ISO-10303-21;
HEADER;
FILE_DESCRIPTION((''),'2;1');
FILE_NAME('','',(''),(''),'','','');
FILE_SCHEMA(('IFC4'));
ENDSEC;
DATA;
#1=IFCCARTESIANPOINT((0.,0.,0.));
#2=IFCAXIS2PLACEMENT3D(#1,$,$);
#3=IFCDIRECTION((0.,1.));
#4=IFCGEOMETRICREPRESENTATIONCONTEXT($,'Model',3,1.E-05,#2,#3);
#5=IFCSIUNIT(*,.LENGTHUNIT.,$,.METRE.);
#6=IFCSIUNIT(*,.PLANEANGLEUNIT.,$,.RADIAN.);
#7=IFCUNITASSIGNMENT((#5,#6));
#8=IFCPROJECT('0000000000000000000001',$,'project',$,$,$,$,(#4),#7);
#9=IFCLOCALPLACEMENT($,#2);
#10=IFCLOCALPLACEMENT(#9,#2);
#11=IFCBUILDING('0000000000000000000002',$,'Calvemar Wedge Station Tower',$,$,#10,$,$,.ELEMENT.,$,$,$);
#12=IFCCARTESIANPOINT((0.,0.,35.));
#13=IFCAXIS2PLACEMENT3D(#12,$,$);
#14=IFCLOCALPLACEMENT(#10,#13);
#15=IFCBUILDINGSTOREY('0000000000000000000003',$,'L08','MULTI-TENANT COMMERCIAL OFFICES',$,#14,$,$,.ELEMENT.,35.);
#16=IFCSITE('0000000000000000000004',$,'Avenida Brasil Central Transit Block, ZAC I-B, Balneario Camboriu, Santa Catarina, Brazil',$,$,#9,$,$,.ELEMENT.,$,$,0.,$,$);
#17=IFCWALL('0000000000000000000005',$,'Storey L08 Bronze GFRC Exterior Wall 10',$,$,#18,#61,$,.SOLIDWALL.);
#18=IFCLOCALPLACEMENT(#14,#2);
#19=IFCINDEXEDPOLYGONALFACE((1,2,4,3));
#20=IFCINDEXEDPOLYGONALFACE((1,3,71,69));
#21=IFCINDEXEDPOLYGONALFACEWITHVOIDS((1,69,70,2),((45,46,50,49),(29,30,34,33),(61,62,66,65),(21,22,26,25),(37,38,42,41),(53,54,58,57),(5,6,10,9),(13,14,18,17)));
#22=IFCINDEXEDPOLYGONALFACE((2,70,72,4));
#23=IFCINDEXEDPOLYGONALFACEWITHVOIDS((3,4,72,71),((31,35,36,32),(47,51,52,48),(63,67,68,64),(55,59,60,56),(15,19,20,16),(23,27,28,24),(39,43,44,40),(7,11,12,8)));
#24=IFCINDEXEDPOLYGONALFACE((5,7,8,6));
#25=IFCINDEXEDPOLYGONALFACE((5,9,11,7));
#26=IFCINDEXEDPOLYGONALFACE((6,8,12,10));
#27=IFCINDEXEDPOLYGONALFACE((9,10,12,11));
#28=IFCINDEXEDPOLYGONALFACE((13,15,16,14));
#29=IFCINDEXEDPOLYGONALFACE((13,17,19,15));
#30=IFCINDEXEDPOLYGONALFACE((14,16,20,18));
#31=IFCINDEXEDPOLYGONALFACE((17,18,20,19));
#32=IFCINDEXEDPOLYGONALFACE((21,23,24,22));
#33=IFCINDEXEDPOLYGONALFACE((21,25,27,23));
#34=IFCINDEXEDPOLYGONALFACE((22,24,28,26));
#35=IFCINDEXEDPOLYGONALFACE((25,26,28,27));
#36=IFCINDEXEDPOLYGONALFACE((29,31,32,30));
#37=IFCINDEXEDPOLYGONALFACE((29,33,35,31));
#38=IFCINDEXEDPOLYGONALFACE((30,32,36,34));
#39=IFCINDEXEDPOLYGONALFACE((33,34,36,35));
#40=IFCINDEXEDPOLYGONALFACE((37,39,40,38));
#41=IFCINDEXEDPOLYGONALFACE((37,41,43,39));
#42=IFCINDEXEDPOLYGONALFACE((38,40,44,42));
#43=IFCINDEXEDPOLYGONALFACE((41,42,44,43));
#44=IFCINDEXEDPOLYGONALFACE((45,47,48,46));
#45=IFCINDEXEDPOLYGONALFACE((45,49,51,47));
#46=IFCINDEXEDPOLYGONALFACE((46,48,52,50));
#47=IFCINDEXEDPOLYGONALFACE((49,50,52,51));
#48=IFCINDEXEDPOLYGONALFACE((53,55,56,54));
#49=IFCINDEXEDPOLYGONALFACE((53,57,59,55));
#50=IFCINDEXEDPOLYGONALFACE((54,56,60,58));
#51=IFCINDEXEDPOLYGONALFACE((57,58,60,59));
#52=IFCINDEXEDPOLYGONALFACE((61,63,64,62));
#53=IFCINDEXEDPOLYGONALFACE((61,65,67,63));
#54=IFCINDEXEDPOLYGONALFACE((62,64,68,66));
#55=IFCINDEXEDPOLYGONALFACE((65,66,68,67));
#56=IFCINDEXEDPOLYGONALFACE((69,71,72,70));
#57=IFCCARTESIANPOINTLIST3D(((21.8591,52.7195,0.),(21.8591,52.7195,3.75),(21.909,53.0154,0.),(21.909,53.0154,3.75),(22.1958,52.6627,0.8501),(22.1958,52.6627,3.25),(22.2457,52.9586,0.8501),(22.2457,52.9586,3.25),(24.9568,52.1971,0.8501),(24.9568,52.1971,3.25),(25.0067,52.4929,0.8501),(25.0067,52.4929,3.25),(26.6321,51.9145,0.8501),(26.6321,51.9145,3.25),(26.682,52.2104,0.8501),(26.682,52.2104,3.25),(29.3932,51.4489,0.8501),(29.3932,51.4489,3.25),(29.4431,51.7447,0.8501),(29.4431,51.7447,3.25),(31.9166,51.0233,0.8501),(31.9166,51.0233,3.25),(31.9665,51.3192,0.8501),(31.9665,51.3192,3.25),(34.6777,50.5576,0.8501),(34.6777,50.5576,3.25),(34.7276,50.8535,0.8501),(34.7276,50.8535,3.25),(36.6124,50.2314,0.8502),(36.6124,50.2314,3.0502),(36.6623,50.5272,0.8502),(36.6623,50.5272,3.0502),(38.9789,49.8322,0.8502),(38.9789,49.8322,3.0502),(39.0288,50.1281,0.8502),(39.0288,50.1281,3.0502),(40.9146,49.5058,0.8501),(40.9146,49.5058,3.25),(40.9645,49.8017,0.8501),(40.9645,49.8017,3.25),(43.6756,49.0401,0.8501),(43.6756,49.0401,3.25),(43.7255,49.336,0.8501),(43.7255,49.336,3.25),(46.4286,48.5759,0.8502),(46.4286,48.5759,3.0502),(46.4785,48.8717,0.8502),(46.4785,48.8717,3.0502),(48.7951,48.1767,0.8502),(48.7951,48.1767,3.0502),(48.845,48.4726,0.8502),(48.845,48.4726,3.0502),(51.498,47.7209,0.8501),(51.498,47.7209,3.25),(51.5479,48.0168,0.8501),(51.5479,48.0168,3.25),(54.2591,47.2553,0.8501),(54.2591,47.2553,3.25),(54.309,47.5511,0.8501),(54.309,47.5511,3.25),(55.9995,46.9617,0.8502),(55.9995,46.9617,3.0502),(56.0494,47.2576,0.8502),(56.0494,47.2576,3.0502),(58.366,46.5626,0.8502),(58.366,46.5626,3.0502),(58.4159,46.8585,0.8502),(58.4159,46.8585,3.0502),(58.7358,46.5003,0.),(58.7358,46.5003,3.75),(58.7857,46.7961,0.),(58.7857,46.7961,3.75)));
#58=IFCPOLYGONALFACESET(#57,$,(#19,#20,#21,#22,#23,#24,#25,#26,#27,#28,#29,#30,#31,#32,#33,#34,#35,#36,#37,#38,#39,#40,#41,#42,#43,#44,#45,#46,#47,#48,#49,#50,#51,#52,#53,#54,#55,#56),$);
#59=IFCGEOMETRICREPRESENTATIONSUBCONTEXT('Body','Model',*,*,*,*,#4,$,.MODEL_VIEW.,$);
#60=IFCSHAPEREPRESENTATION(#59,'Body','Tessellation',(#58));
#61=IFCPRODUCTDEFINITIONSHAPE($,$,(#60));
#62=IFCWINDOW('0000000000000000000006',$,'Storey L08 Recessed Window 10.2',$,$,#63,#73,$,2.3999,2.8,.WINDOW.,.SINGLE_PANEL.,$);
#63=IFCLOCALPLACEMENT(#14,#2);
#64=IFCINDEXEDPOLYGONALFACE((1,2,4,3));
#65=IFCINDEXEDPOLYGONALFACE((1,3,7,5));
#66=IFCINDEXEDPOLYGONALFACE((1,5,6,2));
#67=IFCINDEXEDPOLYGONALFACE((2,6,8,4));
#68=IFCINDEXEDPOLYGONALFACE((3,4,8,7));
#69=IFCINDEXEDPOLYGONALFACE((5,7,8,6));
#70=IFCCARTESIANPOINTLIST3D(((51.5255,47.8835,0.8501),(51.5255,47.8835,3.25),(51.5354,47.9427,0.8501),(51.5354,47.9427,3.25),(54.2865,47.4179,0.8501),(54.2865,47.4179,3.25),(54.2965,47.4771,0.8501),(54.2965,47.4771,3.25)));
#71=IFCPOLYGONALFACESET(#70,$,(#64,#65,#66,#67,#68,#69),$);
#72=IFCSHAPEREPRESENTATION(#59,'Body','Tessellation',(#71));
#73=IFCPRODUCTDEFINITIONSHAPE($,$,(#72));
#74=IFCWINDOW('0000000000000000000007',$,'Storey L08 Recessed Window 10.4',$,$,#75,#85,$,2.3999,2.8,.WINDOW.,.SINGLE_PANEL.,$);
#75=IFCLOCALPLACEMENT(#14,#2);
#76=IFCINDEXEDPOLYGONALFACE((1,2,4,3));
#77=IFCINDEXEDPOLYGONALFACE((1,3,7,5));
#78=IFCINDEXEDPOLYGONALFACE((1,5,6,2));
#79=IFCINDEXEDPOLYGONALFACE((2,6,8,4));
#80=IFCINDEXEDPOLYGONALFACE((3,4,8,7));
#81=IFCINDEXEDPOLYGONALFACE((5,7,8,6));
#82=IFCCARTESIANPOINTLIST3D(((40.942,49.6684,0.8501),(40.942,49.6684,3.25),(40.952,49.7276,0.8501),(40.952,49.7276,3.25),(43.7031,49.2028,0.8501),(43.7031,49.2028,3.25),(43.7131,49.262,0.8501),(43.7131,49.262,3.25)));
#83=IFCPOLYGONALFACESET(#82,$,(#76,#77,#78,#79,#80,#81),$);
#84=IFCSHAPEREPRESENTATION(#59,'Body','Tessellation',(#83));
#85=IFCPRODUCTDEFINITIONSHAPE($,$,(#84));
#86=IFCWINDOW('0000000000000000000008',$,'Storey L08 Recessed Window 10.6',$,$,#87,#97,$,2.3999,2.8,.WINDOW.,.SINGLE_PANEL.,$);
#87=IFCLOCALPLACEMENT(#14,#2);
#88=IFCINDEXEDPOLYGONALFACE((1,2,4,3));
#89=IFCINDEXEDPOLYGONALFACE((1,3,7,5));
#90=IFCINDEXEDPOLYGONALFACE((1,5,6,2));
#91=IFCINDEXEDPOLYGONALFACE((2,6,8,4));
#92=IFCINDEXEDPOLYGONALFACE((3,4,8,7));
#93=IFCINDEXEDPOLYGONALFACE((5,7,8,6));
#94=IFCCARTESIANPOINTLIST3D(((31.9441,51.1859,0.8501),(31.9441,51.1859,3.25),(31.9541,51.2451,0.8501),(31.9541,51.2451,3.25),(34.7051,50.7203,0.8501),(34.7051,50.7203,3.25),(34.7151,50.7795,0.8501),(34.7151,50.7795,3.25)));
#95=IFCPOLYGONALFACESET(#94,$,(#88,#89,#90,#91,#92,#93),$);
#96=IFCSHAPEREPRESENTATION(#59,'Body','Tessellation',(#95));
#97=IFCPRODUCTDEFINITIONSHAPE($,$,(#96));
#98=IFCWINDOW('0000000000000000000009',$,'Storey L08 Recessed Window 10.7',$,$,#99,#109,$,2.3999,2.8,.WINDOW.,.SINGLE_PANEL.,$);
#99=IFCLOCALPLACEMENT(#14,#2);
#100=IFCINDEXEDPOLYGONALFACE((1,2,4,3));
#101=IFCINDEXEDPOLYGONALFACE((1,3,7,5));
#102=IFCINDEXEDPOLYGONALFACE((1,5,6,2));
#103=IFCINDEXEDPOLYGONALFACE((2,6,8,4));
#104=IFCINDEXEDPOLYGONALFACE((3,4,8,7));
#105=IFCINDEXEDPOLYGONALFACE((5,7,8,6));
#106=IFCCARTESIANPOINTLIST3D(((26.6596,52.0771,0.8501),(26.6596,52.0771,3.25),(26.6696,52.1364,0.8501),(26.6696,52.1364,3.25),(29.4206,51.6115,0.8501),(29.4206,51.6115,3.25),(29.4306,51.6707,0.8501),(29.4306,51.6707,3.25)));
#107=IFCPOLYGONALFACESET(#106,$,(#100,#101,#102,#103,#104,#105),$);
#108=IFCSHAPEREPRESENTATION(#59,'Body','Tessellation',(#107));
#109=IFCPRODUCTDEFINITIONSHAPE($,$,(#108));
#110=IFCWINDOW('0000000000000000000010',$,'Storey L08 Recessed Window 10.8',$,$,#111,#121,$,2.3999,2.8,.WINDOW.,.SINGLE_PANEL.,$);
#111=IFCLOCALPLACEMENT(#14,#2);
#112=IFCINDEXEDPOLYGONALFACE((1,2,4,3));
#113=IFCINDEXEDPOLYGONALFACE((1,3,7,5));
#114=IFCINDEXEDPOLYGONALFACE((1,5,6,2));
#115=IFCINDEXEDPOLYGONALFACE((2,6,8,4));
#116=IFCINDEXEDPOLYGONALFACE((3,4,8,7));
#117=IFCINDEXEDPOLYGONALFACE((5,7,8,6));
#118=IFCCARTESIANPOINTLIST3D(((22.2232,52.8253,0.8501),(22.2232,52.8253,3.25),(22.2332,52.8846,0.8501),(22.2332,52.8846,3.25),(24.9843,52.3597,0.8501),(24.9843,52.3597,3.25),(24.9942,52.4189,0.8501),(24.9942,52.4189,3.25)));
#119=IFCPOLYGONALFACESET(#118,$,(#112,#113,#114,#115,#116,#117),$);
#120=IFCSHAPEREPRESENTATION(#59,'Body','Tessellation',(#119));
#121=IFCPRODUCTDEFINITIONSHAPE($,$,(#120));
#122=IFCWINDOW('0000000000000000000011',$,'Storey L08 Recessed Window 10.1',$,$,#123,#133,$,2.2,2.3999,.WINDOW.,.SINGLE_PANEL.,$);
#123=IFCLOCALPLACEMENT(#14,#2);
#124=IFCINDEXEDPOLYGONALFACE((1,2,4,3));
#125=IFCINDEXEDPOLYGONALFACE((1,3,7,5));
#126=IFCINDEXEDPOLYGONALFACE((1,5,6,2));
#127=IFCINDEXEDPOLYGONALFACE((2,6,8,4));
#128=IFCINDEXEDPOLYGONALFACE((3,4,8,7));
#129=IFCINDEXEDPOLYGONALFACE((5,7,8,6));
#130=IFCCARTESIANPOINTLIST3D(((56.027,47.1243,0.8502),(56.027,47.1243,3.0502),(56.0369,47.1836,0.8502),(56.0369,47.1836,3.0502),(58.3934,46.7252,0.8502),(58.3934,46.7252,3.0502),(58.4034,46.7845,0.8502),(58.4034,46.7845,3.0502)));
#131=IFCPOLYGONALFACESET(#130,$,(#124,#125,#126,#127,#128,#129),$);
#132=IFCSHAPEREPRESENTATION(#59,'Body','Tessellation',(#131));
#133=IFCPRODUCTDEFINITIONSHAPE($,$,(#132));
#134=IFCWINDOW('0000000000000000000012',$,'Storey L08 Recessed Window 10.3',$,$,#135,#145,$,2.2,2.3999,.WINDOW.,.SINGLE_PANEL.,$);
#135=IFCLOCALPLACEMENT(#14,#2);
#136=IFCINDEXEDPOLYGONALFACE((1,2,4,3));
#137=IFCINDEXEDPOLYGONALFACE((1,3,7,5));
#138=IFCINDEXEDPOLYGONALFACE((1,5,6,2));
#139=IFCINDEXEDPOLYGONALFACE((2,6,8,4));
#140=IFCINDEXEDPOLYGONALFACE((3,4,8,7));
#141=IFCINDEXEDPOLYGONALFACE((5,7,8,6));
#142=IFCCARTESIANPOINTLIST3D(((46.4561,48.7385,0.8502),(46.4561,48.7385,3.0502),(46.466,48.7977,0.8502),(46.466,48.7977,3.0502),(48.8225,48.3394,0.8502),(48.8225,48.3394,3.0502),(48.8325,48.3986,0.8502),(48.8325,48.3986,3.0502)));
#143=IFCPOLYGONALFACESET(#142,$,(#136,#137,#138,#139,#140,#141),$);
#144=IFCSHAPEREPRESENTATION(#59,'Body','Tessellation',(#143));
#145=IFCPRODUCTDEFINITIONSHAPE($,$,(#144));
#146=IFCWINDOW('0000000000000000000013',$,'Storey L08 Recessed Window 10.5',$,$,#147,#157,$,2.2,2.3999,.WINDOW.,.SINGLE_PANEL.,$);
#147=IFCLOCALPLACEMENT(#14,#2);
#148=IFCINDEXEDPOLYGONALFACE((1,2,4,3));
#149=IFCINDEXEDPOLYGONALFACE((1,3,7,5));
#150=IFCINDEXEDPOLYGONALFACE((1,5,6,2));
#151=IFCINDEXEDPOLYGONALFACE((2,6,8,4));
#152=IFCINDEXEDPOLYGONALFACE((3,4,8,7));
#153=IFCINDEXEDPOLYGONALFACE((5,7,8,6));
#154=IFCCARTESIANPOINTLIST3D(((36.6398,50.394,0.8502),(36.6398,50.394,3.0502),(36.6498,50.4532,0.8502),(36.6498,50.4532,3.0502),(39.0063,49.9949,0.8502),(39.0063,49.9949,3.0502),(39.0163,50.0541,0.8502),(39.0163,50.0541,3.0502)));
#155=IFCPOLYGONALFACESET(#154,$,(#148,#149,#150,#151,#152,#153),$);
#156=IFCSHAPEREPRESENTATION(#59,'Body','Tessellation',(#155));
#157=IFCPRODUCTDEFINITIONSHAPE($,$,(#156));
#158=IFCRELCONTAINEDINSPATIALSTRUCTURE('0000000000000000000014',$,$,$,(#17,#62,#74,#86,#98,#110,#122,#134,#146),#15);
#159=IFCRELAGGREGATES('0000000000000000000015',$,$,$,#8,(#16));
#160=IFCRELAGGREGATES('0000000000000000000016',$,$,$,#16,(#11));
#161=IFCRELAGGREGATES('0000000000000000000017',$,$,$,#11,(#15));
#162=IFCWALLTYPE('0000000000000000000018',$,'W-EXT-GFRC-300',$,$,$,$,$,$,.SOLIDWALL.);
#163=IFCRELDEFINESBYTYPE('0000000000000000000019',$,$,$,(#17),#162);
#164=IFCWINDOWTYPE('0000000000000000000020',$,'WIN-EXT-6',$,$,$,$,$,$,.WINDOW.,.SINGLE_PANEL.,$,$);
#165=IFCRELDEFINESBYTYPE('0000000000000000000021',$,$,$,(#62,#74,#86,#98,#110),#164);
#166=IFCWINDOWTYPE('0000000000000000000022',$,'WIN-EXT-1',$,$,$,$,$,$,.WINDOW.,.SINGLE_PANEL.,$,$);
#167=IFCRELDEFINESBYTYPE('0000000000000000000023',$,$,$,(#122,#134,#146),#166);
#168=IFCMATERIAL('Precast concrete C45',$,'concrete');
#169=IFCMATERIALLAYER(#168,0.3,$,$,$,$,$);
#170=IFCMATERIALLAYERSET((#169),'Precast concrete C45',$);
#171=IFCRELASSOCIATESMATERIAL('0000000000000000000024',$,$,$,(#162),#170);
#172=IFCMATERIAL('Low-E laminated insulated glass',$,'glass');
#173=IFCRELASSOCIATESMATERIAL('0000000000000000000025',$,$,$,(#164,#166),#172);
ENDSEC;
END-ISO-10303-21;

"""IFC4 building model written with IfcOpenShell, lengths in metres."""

from ifc_helpers import new_model, si_unit, direction, frame, frame_2d, origin, place, context, subcontext, project, spatial, rectangle, extrude, source, transform, mapped, material, layer, layer_set, type_object, element, fill, save


model = new_model("IFC4")

# Units and contexts
model_context = context("Model", 3, precision=1e-05, world=origin(), true_north=direction((0.0, 1.0)))
body_context = subcontext(model_context, "Body", "Model", "MODEL_VIEW")
ifc_project = project(units=[si_unit("LENGTHUNIT", "METRE"), si_unit("PLANEANGLEUNIT", "RADIAN")], contexts=[model_context])

# Site, building, storey
site_placement = place(None, origin())
site = spatial("IfcSite", under=ifc_project, at=site_placement, Name="Avenida Brasil Central Transit Block, ZAC I-B, Balneario Camboriu, Santa Catarina, Brazil", CompositionType="ELEMENT", RefElevation=0.0)
building_placement = place(site_placement, origin())
building = spatial("IfcBuilding", under=site, at=building_placement, Name="Calvemar Wedge Station Tower", CompositionType="ELEMENT")
storey_placement = place(building_placement, frame((0.0, 0.0, 35.0)))
storey = spatial("IfcBuildingStorey", under=building, at=storey_placement, Name="L08", Description="MULTI-TENANT COMMERCIAL OFFICES", CompositionType="ELEMENT", Elevation=35.0)

# Shared definitions
ifc_material_1 = material(Name="Precast concrete C45", Category="concrete")

# Shared definitions
ifc_layer_1 = layer(ifc_material_1, 0.3)
ifc_layer_set_1 = layer_set([ifc_layer_1], Name="Precast concrete C45")
wall_type_1 = type_object("IfcWallType", Name="W-EXT-GFRC-300", PredefinedType="SOLIDWALL", material=ifc_layer_set_1)
ifc_material_2 = material(Name="Low-E laminated insulated glass", Category="glass")

# Wall, openings, windows
wall_1_placement = place(storey_placement, frame((58.7607, 46.6482, 0.0), z_axis=(0.0, 0.0, 1.0), x_axis=(-0.986075, 0.166301, 0.0)))
wall_1 = element("IfcWall", 1, at=wall_1_placement, inside=storey, type_object=wall_type_1, Name="Storey L08 Bronze GFRC Exterior Wall 10", PredefinedType="SOLIDWALL", context=body_context, shape_type="SweptSolid", body=[
    extrude(rectangle(XDim=37.3975, YDim=0.3, at=frame_2d((18.6987, 0.0))), origin(), (0.0, 0.0, 1.0), 3.75),
])
shared_shape_1 = source(origin(), body_context, "Body", "SweptSolid", [
    extrude(rectangle(XDim=2.3999, YDim=2.2, at=frame_2d((1.2, 1.1001))), frame((0.0, 0.1602, 0.0), z_axis=(0.0, -1.0, 0.0), x_axis=(1.0, 0.0, 0.0)), (0.0, 0.0, 1.0), 0.3201),
])
opening_1_placement = place(wall_1_placement, frame((0.375, 0.0, 0.8501)))
opening_1 = element("IfcOpeningElement", 2, at=opening_1_placement, cuts=wall_1, PredefinedType="OPENING", context=body_context, shape_type="MappedRepresentation", body=[
    mapped(shared_shape_1, transform((0.0, 0.0, 0.0), scale=1.0)),
])
shared_shape_2 = source(origin(), body_context, "Body", "SweptSolid", [
    extrude(rectangle(XDim=2.8, YDim=2.3999, at=frame_2d((1.3999, 1.2))), frame((0.0, 0.1602, 0.0), z_axis=(0.0, -1.0, 0.0), x_axis=(1.0, 0.0, 0.0)), (0.0, 0.0, 1.0), 0.3201),
])
opening_2_placement = place(wall_1_placement, frame((4.54, 0.0, 0.8501)))
opening_2 = element("IfcOpeningElement", 3, at=opening_2_placement, cuts=wall_1, PredefinedType="OPENING", context=body_context, shape_type="MappedRepresentation", body=[
    mapped(shared_shape_2, transform((0.0, 0.0, 0.0), scale=1.0)),
])
opening_3_placement = place(wall_1_placement, frame((10.0811, 0.0, 0.8501)))
opening_3 = element("IfcOpeningElement", 4, at=opening_3_placement, cuts=wall_1, PredefinedType="OPENING", context=body_context, shape_type="MappedRepresentation", body=[
    mapped(shared_shape_1, transform((0.0, 0.0, 0.0), scale=1.0)),
])
opening_4_placement = place(wall_1_placement, frame((15.2729, 0.0, 0.8501)))
opening_4 = element("IfcOpeningElement", 5, at=opening_4_placement, cuts=wall_1, PredefinedType="OPENING", context=body_context, shape_type="MappedRepresentation", body=[
    mapped(shared_shape_2, transform((0.0, 0.0, 0.0), scale=1.0)),
])
opening_5_placement = place(wall_1_placement, frame((20.0359, 0.0, 0.8501)))
opening_5 = element("IfcOpeningElement", 6, at=opening_5_placement, cuts=wall_1, PredefinedType="OPENING", context=body_context, shape_type="MappedRepresentation", body=[
    mapped(shared_shape_1, transform((0.0, 0.0, 0.0), scale=1.0)),
])
opening_6_placement = place(wall_1_placement, frame((24.3979, 0.0, 0.8501)))
opening_6 = element("IfcOpeningElement", 7, at=opening_6_placement, cuts=wall_1, PredefinedType="OPENING", context=body_context, shape_type="MappedRepresentation", body=[
    mapped(shared_shape_2, transform((0.0, 0.0, 0.0), scale=1.0)),
])
opening_7_placement = place(wall_1_placement, frame((29.7571, 0.0, 0.8501)))
opening_7 = element("IfcOpeningElement", 8, at=opening_7_placement, cuts=wall_1, PredefinedType="OPENING", context=body_context, shape_type="MappedRepresentation", body=[
    mapped(shared_shape_2, transform((0.0, 0.0, 0.0), scale=1.0)),
])
opening_8_placement = place(wall_1_placement, frame((34.2561, 0.0, 0.8501)))
opening_8 = element("IfcOpeningElement", 9, at=opening_8_placement, cuts=wall_1, PredefinedType="OPENING", context=body_context, shape_type="MappedRepresentation", body=[
    mapped(shared_shape_2, transform((0.0, 0.0, 0.0), scale=1.0)),
])
window_type_1 = type_object("IfcWindowType", Name="WIN-EXT-6", PartitioningType="SINGLE_PANEL", PredefinedType="WINDOW", material=ifc_material_2)
shared_shape_3 = source(origin(), body_context, "Body", "SweptSolid", [
    extrude(rectangle(XDim=2.8, YDim=2.3999, at=frame_2d((1.3999, 1.2))), frame((0.0, -0.0149, 0.0), z_axis=(0.0, -1.0, 0.0), x_axis=(1.0, 0.0, 0.0)), (0.0, 0.0, 1.0), 0.0601),
])
window_1_placement = place(opening_2_placement, origin())
window_1 = element("IfcWindow", 10, at=window_1_placement, inside=storey, type_object=window_type_1, Name="Storey L08 Recessed Window 10.2", OverallHeight=2.3999, OverallWidth=2.8, PartitioningType="SINGLE_PANEL", PredefinedType="WINDOW", context=body_context, shape_type="MappedRepresentation", body=[
    mapped(shared_shape_3, transform((0.0, 0.0, 0.0), scale=1.0)),
])
fill(opening_2, window_1)
window_2_placement = place(opening_4_placement, origin())
window_2 = element("IfcWindow", 11, at=window_2_placement, inside=storey, type_object=window_type_1, Name="Storey L08 Recessed Window 10.4", OverallHeight=2.3999, OverallWidth=2.8, PartitioningType="SINGLE_PANEL", PredefinedType="WINDOW", context=body_context, shape_type="MappedRepresentation", body=[
    mapped(shared_shape_3, transform((0.0, 0.0, 0.0), scale=1.0)),
])
fill(opening_4, window_2)
window_3_placement = place(opening_6_placement, origin())
window_3 = element("IfcWindow", 12, at=window_3_placement, inside=storey, type_object=window_type_1, Name="Storey L08 Recessed Window 10.6", OverallHeight=2.3999, OverallWidth=2.8, PartitioningType="SINGLE_PANEL", PredefinedType="WINDOW", context=body_context, shape_type="MappedRepresentation", body=[
    mapped(shared_shape_3, transform((0.0, 0.0, 0.0), scale=1.0)),
])
fill(opening_6, window_3)
window_4_placement = place(opening_7_placement, origin())
window_4 = element("IfcWindow", 13, at=window_4_placement, inside=storey, type_object=window_type_1, Name="Storey L08 Recessed Window 10.7", OverallHeight=2.3999, OverallWidth=2.8, PartitioningType="SINGLE_PANEL", PredefinedType="WINDOW", context=body_context, shape_type="MappedRepresentation", body=[
    mapped(shared_shape_3, transform((0.0, 0.0, 0.0), scale=1.0)),
])
fill(opening_7, window_4)
window_5_placement = place(opening_8_placement, origin())
window_5 = element("IfcWindow", 14, at=window_5_placement, inside=storey, type_object=window_type_1, Name="Storey L08 Recessed Window 10.8", OverallHeight=2.3999, OverallWidth=2.8, PartitioningType="SINGLE_PANEL", PredefinedType="WINDOW", context=body_context, shape_type="MappedRepresentation", body=[
    mapped(shared_shape_3, transform((0.0, 0.0, 0.0), scale=1.0)),
])
fill(opening_8, window_5)
window_type_2 = type_object("IfcWindowType", Name="WIN-EXT-1", PartitioningType="SINGLE_PANEL", PredefinedType="WINDOW", material=ifc_material_2)
shared_shape_4 = source(origin(), body_context, "Body", "SweptSolid", [
    extrude(rectangle(XDim=2.3999, YDim=2.2, at=frame_2d((1.2, 1.1001))), frame((0.0, -0.0149, 0.0), z_axis=(0.0, -1.0, 0.0), x_axis=(1.0, 0.0, 0.0)), (0.0, 0.0, 1.0), 0.0601),
])
window_6_placement = place(opening_1_placement, origin())
window_6 = element("IfcWindow", 15, at=window_6_placement, inside=storey, type_object=window_type_2, Name="Storey L08 Recessed Window 10.1", OverallHeight=2.2, OverallWidth=2.3999, PartitioningType="SINGLE_PANEL", PredefinedType="WINDOW", context=body_context, shape_type="MappedRepresentation", body=[
    mapped(shared_shape_4, transform((0.0, 0.0, 0.0), scale=1.0)),
])
fill(opening_1, window_6)
window_7_placement = place(opening_3_placement, origin())
window_7 = element("IfcWindow", 16, at=window_7_placement, inside=storey, type_object=window_type_2, Name="Storey L08 Recessed Window 10.3", OverallHeight=2.2, OverallWidth=2.3999, PartitioningType="SINGLE_PANEL", PredefinedType="WINDOW", context=body_context, shape_type="MappedRepresentation", body=[
    mapped(shared_shape_4, transform((0.0, 0.0, 0.0), scale=1.0)),
])
fill(opening_3, window_7)
window_8_placement = place(opening_5_placement, origin())
window_8 = element("IfcWindow", 17, at=window_8_placement, inside=storey, type_object=window_type_2, Name="Storey L08 Recessed Window 10.5", OverallHeight=2.2, OverallWidth=2.3999, PartitioningType="SINGLE_PANEL", PredefinedType="WINDOW", context=body_context, shape_type="MappedRepresentation", body=[
    mapped(shared_shape_4, transform((0.0, 0.0, 0.0), scale=1.0)),
])
fill(opening_5, window_8)

save(model, "model.ifc")
